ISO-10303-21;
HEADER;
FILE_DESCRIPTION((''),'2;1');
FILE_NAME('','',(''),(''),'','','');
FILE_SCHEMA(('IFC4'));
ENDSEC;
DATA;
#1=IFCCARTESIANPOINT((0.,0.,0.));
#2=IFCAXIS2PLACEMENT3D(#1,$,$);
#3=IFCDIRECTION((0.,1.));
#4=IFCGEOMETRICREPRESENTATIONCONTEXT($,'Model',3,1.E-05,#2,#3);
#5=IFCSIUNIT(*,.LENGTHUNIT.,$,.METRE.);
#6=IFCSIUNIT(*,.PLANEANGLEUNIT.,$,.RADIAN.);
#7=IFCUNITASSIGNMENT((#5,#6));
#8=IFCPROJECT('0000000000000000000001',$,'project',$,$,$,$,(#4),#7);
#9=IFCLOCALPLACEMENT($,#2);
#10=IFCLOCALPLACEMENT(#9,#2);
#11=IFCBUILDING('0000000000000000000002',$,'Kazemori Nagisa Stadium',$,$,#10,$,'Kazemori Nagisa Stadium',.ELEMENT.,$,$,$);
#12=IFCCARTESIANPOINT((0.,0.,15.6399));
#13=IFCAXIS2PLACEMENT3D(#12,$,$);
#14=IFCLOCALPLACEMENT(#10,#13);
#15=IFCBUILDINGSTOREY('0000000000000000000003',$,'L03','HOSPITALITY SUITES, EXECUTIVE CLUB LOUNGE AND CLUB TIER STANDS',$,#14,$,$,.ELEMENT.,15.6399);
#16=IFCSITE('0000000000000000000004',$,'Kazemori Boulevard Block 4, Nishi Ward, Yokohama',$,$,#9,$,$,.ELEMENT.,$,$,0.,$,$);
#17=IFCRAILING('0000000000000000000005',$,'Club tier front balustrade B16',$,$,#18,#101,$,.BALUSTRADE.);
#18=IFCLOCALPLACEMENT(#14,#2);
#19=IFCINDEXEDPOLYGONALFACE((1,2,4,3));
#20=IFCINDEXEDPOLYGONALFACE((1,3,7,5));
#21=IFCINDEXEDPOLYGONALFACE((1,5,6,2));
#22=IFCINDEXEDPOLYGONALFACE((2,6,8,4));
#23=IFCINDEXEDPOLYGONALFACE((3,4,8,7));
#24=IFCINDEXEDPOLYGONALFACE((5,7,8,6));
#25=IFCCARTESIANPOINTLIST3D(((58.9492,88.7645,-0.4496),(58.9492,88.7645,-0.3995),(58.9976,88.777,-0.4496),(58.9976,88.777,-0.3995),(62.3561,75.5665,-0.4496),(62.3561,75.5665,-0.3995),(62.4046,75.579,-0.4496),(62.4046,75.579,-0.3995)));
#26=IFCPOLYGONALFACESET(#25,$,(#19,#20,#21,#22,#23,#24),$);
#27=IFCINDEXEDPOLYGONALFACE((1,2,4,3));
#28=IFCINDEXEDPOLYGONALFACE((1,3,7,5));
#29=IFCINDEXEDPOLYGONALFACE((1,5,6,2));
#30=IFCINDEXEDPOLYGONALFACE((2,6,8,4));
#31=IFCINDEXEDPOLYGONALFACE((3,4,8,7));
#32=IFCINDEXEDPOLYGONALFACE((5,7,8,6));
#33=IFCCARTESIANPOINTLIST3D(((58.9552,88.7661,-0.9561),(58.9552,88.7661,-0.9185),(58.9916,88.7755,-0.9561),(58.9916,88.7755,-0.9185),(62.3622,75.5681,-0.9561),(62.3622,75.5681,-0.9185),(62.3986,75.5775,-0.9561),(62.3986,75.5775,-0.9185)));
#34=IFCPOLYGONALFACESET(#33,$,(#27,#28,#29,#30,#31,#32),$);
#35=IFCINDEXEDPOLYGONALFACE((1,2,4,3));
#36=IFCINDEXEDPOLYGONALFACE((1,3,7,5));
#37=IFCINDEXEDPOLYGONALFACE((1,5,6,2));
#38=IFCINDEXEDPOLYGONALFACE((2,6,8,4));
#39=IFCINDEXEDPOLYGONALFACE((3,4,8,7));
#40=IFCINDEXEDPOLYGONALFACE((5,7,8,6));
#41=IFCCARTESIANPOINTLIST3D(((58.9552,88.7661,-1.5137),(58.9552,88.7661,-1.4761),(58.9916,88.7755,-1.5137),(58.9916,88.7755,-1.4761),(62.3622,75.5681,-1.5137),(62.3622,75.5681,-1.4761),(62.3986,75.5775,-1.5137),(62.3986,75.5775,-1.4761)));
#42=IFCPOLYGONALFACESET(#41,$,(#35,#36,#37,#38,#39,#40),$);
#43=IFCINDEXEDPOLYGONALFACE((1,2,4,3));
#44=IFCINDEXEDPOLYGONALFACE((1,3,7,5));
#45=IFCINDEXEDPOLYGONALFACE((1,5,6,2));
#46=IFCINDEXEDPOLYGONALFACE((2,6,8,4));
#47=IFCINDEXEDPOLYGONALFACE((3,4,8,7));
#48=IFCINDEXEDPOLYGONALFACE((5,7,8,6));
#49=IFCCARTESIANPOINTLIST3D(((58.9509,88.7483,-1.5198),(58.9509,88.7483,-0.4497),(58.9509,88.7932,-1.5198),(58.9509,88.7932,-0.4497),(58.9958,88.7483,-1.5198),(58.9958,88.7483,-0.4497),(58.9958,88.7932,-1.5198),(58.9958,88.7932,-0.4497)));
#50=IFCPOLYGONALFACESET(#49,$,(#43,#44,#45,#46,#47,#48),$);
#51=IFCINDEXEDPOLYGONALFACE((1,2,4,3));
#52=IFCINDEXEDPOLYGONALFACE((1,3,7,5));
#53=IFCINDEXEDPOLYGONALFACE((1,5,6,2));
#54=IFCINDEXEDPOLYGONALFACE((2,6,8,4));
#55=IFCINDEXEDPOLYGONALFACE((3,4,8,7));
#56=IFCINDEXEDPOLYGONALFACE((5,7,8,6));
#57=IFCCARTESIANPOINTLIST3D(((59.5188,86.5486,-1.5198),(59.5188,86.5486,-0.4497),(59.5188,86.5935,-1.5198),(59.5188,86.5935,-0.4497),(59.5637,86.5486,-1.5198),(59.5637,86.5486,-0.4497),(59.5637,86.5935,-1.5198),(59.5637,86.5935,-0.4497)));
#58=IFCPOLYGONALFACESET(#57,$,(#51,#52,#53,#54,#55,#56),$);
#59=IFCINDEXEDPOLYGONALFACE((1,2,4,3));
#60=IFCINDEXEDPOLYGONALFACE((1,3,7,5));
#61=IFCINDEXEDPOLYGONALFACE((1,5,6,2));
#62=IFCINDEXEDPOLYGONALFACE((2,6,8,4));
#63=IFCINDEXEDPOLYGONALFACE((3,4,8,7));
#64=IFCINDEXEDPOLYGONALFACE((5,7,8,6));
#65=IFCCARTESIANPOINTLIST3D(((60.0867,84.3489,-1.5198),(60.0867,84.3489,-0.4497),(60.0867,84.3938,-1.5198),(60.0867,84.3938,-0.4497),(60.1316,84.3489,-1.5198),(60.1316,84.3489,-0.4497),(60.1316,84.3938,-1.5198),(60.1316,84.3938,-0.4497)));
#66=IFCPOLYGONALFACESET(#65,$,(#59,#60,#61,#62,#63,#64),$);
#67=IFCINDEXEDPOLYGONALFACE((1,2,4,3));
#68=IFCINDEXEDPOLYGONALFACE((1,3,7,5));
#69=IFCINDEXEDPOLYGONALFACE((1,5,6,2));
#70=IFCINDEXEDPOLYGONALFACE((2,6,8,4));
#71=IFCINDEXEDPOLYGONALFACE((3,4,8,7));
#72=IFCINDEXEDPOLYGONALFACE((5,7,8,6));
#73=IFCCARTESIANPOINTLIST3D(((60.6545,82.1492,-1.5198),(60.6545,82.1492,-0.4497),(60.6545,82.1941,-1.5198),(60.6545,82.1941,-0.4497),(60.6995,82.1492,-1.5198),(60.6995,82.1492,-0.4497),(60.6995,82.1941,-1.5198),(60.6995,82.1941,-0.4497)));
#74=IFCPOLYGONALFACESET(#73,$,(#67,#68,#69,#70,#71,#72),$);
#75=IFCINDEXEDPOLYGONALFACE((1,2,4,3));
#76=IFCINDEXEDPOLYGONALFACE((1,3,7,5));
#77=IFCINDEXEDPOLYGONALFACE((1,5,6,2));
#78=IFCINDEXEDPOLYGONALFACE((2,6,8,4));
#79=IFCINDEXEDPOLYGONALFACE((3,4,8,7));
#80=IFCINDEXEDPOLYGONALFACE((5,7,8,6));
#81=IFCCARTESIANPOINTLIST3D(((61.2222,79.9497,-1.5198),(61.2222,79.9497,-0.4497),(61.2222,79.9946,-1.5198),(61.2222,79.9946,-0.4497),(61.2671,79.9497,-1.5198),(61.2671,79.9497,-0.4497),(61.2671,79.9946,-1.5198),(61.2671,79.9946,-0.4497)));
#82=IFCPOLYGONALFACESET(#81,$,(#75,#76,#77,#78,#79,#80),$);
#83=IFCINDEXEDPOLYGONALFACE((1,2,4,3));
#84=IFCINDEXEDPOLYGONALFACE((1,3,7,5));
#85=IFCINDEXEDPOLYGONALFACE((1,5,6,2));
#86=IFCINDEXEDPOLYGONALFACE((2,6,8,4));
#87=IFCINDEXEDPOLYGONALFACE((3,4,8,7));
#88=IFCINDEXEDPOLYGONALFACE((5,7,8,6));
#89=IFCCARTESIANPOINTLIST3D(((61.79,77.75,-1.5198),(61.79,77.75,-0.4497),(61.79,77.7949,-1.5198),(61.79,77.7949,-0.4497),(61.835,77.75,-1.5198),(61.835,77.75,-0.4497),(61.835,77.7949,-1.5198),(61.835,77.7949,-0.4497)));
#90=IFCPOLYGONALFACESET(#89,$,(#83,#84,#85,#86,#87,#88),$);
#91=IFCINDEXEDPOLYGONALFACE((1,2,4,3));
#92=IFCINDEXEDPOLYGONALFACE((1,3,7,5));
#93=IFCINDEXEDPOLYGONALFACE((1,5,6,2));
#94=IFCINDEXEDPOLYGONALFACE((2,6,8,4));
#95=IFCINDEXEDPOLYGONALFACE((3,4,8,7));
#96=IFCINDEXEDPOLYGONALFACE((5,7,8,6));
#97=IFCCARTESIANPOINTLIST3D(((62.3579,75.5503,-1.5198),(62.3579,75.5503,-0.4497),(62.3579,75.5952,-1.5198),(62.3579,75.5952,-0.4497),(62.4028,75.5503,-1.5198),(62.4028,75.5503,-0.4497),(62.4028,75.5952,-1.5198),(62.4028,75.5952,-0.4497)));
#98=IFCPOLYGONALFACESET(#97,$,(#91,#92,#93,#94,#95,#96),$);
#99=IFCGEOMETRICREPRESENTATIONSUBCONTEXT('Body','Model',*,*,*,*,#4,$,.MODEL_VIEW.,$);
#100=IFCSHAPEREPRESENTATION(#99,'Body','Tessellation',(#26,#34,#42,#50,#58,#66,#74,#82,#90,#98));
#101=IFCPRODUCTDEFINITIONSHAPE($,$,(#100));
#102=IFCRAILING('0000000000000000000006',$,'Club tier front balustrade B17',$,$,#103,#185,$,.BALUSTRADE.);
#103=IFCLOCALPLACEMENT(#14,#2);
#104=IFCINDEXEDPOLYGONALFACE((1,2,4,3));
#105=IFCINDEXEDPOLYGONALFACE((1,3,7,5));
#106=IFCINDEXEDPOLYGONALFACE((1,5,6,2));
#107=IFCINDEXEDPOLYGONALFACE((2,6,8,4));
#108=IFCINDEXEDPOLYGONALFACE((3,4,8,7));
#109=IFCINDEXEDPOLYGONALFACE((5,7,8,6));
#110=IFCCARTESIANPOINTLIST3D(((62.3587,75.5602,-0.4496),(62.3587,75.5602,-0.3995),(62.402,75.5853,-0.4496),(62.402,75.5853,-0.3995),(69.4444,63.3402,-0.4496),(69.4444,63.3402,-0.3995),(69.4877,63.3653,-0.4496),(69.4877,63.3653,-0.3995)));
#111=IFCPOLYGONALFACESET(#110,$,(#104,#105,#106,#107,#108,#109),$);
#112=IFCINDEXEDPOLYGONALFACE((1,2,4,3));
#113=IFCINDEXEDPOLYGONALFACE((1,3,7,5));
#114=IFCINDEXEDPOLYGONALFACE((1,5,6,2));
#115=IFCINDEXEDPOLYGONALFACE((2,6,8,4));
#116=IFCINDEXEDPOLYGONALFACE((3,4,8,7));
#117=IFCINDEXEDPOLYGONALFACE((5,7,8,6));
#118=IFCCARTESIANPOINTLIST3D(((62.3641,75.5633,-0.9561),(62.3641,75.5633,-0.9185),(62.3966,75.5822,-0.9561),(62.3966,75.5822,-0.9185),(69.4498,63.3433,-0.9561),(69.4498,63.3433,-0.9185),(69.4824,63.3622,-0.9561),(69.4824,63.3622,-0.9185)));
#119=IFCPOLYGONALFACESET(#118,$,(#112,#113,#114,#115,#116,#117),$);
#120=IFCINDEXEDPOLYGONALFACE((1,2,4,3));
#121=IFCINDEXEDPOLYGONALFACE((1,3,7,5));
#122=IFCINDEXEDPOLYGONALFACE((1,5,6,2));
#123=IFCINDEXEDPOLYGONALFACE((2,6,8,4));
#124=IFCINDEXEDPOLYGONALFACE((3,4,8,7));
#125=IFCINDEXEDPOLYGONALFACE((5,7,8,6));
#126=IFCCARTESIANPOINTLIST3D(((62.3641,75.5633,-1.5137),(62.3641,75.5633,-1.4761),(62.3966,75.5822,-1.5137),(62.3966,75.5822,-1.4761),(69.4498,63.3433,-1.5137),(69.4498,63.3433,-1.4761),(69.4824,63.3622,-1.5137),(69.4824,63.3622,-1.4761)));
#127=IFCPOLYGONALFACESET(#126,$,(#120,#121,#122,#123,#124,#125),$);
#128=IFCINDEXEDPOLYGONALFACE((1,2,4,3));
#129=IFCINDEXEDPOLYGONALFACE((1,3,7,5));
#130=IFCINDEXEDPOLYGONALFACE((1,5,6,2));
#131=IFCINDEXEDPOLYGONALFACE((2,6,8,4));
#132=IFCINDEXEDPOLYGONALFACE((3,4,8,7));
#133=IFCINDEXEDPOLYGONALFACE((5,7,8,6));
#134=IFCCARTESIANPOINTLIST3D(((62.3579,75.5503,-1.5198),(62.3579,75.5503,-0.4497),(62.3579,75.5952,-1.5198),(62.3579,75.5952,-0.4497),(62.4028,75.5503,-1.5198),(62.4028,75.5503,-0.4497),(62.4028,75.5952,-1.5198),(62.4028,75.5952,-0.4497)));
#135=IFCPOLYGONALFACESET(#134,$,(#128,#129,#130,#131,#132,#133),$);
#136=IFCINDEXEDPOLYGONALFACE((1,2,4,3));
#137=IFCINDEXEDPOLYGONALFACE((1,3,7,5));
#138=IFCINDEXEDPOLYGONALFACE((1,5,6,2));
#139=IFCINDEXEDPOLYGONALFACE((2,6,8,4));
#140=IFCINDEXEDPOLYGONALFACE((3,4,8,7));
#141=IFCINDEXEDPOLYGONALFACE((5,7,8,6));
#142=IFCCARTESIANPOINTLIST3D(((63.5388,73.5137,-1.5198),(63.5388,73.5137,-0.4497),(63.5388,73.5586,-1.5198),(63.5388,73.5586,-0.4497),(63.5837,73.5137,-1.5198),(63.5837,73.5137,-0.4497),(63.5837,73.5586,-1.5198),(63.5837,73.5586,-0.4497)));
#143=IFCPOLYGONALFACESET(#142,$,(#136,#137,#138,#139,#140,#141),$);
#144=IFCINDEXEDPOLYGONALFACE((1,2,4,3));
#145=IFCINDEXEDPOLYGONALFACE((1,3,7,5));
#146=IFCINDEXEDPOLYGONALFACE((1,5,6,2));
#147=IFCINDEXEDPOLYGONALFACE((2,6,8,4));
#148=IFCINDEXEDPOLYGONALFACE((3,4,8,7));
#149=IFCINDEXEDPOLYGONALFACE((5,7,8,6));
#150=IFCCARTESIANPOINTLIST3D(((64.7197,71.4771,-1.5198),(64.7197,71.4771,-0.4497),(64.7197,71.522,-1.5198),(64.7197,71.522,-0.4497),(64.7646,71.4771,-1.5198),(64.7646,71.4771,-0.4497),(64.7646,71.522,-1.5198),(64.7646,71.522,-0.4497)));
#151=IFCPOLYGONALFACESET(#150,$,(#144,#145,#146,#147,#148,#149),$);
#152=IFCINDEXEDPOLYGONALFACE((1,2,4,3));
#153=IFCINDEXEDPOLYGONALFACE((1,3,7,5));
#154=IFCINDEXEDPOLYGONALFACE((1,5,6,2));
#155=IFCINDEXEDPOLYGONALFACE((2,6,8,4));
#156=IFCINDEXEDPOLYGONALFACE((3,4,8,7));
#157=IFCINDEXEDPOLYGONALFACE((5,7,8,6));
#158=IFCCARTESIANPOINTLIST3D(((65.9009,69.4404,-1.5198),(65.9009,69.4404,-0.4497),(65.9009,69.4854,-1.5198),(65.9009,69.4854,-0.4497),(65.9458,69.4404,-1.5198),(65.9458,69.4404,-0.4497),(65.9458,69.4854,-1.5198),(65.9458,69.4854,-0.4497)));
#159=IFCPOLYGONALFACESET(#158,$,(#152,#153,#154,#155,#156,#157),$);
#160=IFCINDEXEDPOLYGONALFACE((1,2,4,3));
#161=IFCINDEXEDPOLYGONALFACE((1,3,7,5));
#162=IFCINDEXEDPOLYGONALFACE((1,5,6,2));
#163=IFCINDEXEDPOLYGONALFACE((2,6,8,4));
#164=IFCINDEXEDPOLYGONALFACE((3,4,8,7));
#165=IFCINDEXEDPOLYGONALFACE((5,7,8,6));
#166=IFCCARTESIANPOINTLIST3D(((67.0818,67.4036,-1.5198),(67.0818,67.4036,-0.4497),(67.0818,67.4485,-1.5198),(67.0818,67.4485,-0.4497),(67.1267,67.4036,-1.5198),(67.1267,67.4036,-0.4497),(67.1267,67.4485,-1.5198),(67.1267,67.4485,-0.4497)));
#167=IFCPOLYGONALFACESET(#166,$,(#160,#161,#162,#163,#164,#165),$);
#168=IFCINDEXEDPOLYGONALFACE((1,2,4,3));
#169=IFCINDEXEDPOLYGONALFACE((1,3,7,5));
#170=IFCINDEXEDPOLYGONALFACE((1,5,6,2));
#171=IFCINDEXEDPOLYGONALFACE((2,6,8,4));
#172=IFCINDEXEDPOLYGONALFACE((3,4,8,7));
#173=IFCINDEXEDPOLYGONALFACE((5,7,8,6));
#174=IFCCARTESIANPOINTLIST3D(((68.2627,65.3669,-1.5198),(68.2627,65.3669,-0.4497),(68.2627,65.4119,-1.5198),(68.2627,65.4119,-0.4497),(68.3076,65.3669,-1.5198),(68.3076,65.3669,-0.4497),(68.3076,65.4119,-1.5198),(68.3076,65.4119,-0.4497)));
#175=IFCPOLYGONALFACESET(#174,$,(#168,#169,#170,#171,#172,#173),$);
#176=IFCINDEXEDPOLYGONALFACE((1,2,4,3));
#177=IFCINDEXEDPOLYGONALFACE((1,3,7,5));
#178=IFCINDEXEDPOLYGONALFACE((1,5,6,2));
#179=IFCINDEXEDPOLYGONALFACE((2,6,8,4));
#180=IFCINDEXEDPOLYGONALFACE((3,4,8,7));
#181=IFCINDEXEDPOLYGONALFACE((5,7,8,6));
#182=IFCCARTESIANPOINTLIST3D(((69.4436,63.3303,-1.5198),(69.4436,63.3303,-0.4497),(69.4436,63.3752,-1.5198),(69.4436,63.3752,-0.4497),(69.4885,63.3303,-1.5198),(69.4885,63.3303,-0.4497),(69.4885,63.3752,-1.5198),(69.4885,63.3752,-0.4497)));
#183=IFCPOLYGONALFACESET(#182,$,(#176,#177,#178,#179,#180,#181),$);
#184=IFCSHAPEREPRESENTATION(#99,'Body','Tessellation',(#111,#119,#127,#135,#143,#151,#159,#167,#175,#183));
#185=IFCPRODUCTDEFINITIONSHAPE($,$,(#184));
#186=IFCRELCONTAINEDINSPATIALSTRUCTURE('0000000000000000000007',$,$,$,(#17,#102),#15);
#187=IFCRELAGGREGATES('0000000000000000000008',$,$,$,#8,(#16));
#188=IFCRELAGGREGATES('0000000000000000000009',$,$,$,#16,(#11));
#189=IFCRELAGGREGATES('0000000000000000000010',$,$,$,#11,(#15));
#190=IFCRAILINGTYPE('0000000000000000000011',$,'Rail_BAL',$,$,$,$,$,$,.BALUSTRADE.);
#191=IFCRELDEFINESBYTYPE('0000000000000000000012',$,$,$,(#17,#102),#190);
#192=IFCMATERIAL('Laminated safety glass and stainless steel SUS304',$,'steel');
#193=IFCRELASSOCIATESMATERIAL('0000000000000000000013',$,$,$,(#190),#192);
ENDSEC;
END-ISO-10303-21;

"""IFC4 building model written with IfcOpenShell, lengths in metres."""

from ifc_helpers import new_model, si_unit, direction, frame, origin, origin_2d, place, context, subcontext, project, spatial, rectangle, extrude, material, type_object, element, save


model = new_model("IFC4")

# Units and contexts
model_context = context("Model", 3, precision=1e-05, world=origin(), true_north=direction((0.0, 1.0)))
body_context = subcontext(model_context, "Body", "Model", "MODEL_VIEW")
ifc_project = project(units=[si_unit("LENGTHUNIT", "METRE"), si_unit("PLANEANGLEUNIT", "RADIAN")], contexts=[model_context])

# Site, building, storey
site_placement = place(None, origin())
site = spatial("IfcSite", under=ifc_project, at=site_placement, Name="Kazemori Boulevard Block 4, Nishi Ward, Yokohama", CompositionType="ELEMENT", RefElevation=0.0)
building_placement = place(site_placement, origin())
building = spatial("IfcBuilding", under=site, at=building_placement, Name="Kazemori Nagisa Stadium", LongName="Kazemori Nagisa Stadium", CompositionType="ELEMENT")
storey_placement = place(building_placement, frame((0.0, 0.0, 15.6399)))
storey = spatial("IfcBuildingStorey", under=building, at=storey_placement, Name="L03", Description="HOSPITALITY SUITES, EXECUTIVE CLUB LOUNGE AND CLUB TIER STANDS", CompositionType="ELEMENT", Elevation=15.6399)

# Railings
ifc_material_1 = material(Name="Laminated safety glass and stainless steel SUS304", Category="steel")
railing_type = type_object("IfcRailingType", Name="Rail_BAL", PredefinedType="BALUSTRADE", material=ifc_material_1)
railing_1_placement = place(storey_placement, frame((58.9734, 88.7708, -1.5198)))
element("IfcRailing", 1, at=railing_1_placement, inside=storey, type_object=railing_type, Name="Club tier front balustrade B16", PredefinedType="BALUSTRADE", context=body_context, shape_type="SweptSolid", body=[
    extrude(rectangle(XDim=0.05, YDim=0.05, at=origin_2d()), frame((0.0, 0.0, 1.0952), z_axis=(0.24995, -0.968259, 0.0), x_axis=(0.968259, 0.24995, 0.0)), (0.0, 0.0, 1.0), 13.6306),
    extrude(rectangle(XDim=0.0376, YDim=0.0376, at=origin_2d()), frame((0.0, 0.0, 0.5825), z_axis=(0.24995, -0.968259, 0.0), x_axis=(0.968259, 0.24995, 0.0)), (0.0, 0.0, 1.0), 13.6306),
    extrude(rectangle(XDim=0.0376, YDim=0.0376, at=origin_2d()), frame((0.0, 0.0, 0.0249), z_axis=(0.24995, -0.968259, 0.0), x_axis=(0.968259, 0.24995, 0.0)), (0.0, 0.0, 1.0), 13.6306),
    extrude(rectangle(XDim=0.0449, YDim=0.0449, at=origin_2d()), origin(), (0.0, 0.0, 1.0), 1.0701),
    extrude(rectangle(XDim=0.0449, YDim=0.0449, at=origin_2d()), frame((0.5679, -2.1997, 0.0)), (0.0, 0.0, 1.0), 1.0701),
    extrude(rectangle(XDim=0.0449, YDim=0.0449, at=origin_2d()), frame((1.1357, -4.3994, 0.0)), (0.0, 0.0, 1.0), 1.0701),
    extrude(rectangle(XDim=0.0449, YDim=0.0449, at=origin_2d()), frame((1.7036, -6.5991, 0.0)), (0.0, 0.0, 1.0), 1.0701),
    extrude(rectangle(XDim=0.0449, YDim=0.0449, at=origin_2d()), frame((2.2712, -8.7986, 0.0)), (0.0, 0.0, 1.0), 1.0701),
    extrude(rectangle(XDim=0.0449, YDim=0.0449, at=origin_2d()), frame((2.8391, -10.9983, 0.0)), (0.0, 0.0, 1.0), 1.0701),
    extrude(rectangle(XDim=0.0449, YDim=0.0449, at=origin_2d()), frame((3.407, -13.198, 0.0)), (0.0, 0.0, 1.0), 1.0701),
])
railing_2_placement = place(storey_placement, frame((62.3804, 75.5728, -1.5198)))
element("IfcRailing", 2, at=railing_2_placement, inside=storey, type_object=railing_type, Name="Club tier front balustrade B17", PredefinedType="BALUSTRADE", context=body_context, shape_type="SweptSolid", body=[
    extrude(rectangle(XDim=0.05, YDim=0.05, at=origin_2d()), frame((0.0, 0.0, 1.0952), z_axis=(0.501618, -0.865089, 0.0), x_axis=(0.865089, 0.501618, 0.0)), (0.0, 0.0, 1.0), 14.1257),
    extrude(rectangle(XDim=0.0376, YDim=0.0376, at=origin_2d()), frame((0.0, 0.0, 0.5825), z_axis=(0.501618, -0.865089, 0.0), x_axis=(0.865089, 0.501618, 0.0)), (0.0, 0.0, 1.0), 14.1257),
    extrude(rectangle(XDim=0.0376, YDim=0.0376, at=origin_2d()), frame((0.0, 0.0, 0.0249), z_axis=(0.501618, -0.865089, 0.0), x_axis=(0.865089, 0.501618, 0.0)), (0.0, 0.0, 1.0), 14.1257),
    extrude(rectangle(XDim=0.0449, YDim=0.0449, at=origin_2d()), origin(), (0.0, 0.0, 1.0), 1.0701),
    extrude(rectangle(XDim=0.0449, YDim=0.0449, at=origin_2d()), frame((1.1809, -2.0366, 0.0)), (0.0, 0.0, 1.0), 1.0701),
    extrude(rectangle(XDim=0.0449, YDim=0.0449, at=origin_2d()), frame((2.3618, -4.0732, 0.0)), (0.0, 0.0, 1.0), 1.0701),
    extrude(rectangle(XDim=0.0449, YDim=0.0449, at=origin_2d()), frame((3.543, -6.1099, 0.0)), (0.0, 0.0, 1.0), 1.0701),
    extrude(rectangle(XDim=0.0449, YDim=0.0449, at=origin_2d()), frame((4.7239, -8.1467, 0.0)), (0.0, 0.0, 1.0), 1.0701),
    extrude(rectangle(XDim=0.0449, YDim=0.0449, at=origin_2d()), frame((5.9048, -10.1833, 0.0)), (0.0, 0.0, 1.0), 1.0701),
    extrude(rectangle(XDim=0.0449, YDim=0.0449, at=origin_2d()), frame((7.0857, -12.22, 0.0)), (0.0, 0.0, 1.0), 1.0701),
])

save(model, "model.ifc")
